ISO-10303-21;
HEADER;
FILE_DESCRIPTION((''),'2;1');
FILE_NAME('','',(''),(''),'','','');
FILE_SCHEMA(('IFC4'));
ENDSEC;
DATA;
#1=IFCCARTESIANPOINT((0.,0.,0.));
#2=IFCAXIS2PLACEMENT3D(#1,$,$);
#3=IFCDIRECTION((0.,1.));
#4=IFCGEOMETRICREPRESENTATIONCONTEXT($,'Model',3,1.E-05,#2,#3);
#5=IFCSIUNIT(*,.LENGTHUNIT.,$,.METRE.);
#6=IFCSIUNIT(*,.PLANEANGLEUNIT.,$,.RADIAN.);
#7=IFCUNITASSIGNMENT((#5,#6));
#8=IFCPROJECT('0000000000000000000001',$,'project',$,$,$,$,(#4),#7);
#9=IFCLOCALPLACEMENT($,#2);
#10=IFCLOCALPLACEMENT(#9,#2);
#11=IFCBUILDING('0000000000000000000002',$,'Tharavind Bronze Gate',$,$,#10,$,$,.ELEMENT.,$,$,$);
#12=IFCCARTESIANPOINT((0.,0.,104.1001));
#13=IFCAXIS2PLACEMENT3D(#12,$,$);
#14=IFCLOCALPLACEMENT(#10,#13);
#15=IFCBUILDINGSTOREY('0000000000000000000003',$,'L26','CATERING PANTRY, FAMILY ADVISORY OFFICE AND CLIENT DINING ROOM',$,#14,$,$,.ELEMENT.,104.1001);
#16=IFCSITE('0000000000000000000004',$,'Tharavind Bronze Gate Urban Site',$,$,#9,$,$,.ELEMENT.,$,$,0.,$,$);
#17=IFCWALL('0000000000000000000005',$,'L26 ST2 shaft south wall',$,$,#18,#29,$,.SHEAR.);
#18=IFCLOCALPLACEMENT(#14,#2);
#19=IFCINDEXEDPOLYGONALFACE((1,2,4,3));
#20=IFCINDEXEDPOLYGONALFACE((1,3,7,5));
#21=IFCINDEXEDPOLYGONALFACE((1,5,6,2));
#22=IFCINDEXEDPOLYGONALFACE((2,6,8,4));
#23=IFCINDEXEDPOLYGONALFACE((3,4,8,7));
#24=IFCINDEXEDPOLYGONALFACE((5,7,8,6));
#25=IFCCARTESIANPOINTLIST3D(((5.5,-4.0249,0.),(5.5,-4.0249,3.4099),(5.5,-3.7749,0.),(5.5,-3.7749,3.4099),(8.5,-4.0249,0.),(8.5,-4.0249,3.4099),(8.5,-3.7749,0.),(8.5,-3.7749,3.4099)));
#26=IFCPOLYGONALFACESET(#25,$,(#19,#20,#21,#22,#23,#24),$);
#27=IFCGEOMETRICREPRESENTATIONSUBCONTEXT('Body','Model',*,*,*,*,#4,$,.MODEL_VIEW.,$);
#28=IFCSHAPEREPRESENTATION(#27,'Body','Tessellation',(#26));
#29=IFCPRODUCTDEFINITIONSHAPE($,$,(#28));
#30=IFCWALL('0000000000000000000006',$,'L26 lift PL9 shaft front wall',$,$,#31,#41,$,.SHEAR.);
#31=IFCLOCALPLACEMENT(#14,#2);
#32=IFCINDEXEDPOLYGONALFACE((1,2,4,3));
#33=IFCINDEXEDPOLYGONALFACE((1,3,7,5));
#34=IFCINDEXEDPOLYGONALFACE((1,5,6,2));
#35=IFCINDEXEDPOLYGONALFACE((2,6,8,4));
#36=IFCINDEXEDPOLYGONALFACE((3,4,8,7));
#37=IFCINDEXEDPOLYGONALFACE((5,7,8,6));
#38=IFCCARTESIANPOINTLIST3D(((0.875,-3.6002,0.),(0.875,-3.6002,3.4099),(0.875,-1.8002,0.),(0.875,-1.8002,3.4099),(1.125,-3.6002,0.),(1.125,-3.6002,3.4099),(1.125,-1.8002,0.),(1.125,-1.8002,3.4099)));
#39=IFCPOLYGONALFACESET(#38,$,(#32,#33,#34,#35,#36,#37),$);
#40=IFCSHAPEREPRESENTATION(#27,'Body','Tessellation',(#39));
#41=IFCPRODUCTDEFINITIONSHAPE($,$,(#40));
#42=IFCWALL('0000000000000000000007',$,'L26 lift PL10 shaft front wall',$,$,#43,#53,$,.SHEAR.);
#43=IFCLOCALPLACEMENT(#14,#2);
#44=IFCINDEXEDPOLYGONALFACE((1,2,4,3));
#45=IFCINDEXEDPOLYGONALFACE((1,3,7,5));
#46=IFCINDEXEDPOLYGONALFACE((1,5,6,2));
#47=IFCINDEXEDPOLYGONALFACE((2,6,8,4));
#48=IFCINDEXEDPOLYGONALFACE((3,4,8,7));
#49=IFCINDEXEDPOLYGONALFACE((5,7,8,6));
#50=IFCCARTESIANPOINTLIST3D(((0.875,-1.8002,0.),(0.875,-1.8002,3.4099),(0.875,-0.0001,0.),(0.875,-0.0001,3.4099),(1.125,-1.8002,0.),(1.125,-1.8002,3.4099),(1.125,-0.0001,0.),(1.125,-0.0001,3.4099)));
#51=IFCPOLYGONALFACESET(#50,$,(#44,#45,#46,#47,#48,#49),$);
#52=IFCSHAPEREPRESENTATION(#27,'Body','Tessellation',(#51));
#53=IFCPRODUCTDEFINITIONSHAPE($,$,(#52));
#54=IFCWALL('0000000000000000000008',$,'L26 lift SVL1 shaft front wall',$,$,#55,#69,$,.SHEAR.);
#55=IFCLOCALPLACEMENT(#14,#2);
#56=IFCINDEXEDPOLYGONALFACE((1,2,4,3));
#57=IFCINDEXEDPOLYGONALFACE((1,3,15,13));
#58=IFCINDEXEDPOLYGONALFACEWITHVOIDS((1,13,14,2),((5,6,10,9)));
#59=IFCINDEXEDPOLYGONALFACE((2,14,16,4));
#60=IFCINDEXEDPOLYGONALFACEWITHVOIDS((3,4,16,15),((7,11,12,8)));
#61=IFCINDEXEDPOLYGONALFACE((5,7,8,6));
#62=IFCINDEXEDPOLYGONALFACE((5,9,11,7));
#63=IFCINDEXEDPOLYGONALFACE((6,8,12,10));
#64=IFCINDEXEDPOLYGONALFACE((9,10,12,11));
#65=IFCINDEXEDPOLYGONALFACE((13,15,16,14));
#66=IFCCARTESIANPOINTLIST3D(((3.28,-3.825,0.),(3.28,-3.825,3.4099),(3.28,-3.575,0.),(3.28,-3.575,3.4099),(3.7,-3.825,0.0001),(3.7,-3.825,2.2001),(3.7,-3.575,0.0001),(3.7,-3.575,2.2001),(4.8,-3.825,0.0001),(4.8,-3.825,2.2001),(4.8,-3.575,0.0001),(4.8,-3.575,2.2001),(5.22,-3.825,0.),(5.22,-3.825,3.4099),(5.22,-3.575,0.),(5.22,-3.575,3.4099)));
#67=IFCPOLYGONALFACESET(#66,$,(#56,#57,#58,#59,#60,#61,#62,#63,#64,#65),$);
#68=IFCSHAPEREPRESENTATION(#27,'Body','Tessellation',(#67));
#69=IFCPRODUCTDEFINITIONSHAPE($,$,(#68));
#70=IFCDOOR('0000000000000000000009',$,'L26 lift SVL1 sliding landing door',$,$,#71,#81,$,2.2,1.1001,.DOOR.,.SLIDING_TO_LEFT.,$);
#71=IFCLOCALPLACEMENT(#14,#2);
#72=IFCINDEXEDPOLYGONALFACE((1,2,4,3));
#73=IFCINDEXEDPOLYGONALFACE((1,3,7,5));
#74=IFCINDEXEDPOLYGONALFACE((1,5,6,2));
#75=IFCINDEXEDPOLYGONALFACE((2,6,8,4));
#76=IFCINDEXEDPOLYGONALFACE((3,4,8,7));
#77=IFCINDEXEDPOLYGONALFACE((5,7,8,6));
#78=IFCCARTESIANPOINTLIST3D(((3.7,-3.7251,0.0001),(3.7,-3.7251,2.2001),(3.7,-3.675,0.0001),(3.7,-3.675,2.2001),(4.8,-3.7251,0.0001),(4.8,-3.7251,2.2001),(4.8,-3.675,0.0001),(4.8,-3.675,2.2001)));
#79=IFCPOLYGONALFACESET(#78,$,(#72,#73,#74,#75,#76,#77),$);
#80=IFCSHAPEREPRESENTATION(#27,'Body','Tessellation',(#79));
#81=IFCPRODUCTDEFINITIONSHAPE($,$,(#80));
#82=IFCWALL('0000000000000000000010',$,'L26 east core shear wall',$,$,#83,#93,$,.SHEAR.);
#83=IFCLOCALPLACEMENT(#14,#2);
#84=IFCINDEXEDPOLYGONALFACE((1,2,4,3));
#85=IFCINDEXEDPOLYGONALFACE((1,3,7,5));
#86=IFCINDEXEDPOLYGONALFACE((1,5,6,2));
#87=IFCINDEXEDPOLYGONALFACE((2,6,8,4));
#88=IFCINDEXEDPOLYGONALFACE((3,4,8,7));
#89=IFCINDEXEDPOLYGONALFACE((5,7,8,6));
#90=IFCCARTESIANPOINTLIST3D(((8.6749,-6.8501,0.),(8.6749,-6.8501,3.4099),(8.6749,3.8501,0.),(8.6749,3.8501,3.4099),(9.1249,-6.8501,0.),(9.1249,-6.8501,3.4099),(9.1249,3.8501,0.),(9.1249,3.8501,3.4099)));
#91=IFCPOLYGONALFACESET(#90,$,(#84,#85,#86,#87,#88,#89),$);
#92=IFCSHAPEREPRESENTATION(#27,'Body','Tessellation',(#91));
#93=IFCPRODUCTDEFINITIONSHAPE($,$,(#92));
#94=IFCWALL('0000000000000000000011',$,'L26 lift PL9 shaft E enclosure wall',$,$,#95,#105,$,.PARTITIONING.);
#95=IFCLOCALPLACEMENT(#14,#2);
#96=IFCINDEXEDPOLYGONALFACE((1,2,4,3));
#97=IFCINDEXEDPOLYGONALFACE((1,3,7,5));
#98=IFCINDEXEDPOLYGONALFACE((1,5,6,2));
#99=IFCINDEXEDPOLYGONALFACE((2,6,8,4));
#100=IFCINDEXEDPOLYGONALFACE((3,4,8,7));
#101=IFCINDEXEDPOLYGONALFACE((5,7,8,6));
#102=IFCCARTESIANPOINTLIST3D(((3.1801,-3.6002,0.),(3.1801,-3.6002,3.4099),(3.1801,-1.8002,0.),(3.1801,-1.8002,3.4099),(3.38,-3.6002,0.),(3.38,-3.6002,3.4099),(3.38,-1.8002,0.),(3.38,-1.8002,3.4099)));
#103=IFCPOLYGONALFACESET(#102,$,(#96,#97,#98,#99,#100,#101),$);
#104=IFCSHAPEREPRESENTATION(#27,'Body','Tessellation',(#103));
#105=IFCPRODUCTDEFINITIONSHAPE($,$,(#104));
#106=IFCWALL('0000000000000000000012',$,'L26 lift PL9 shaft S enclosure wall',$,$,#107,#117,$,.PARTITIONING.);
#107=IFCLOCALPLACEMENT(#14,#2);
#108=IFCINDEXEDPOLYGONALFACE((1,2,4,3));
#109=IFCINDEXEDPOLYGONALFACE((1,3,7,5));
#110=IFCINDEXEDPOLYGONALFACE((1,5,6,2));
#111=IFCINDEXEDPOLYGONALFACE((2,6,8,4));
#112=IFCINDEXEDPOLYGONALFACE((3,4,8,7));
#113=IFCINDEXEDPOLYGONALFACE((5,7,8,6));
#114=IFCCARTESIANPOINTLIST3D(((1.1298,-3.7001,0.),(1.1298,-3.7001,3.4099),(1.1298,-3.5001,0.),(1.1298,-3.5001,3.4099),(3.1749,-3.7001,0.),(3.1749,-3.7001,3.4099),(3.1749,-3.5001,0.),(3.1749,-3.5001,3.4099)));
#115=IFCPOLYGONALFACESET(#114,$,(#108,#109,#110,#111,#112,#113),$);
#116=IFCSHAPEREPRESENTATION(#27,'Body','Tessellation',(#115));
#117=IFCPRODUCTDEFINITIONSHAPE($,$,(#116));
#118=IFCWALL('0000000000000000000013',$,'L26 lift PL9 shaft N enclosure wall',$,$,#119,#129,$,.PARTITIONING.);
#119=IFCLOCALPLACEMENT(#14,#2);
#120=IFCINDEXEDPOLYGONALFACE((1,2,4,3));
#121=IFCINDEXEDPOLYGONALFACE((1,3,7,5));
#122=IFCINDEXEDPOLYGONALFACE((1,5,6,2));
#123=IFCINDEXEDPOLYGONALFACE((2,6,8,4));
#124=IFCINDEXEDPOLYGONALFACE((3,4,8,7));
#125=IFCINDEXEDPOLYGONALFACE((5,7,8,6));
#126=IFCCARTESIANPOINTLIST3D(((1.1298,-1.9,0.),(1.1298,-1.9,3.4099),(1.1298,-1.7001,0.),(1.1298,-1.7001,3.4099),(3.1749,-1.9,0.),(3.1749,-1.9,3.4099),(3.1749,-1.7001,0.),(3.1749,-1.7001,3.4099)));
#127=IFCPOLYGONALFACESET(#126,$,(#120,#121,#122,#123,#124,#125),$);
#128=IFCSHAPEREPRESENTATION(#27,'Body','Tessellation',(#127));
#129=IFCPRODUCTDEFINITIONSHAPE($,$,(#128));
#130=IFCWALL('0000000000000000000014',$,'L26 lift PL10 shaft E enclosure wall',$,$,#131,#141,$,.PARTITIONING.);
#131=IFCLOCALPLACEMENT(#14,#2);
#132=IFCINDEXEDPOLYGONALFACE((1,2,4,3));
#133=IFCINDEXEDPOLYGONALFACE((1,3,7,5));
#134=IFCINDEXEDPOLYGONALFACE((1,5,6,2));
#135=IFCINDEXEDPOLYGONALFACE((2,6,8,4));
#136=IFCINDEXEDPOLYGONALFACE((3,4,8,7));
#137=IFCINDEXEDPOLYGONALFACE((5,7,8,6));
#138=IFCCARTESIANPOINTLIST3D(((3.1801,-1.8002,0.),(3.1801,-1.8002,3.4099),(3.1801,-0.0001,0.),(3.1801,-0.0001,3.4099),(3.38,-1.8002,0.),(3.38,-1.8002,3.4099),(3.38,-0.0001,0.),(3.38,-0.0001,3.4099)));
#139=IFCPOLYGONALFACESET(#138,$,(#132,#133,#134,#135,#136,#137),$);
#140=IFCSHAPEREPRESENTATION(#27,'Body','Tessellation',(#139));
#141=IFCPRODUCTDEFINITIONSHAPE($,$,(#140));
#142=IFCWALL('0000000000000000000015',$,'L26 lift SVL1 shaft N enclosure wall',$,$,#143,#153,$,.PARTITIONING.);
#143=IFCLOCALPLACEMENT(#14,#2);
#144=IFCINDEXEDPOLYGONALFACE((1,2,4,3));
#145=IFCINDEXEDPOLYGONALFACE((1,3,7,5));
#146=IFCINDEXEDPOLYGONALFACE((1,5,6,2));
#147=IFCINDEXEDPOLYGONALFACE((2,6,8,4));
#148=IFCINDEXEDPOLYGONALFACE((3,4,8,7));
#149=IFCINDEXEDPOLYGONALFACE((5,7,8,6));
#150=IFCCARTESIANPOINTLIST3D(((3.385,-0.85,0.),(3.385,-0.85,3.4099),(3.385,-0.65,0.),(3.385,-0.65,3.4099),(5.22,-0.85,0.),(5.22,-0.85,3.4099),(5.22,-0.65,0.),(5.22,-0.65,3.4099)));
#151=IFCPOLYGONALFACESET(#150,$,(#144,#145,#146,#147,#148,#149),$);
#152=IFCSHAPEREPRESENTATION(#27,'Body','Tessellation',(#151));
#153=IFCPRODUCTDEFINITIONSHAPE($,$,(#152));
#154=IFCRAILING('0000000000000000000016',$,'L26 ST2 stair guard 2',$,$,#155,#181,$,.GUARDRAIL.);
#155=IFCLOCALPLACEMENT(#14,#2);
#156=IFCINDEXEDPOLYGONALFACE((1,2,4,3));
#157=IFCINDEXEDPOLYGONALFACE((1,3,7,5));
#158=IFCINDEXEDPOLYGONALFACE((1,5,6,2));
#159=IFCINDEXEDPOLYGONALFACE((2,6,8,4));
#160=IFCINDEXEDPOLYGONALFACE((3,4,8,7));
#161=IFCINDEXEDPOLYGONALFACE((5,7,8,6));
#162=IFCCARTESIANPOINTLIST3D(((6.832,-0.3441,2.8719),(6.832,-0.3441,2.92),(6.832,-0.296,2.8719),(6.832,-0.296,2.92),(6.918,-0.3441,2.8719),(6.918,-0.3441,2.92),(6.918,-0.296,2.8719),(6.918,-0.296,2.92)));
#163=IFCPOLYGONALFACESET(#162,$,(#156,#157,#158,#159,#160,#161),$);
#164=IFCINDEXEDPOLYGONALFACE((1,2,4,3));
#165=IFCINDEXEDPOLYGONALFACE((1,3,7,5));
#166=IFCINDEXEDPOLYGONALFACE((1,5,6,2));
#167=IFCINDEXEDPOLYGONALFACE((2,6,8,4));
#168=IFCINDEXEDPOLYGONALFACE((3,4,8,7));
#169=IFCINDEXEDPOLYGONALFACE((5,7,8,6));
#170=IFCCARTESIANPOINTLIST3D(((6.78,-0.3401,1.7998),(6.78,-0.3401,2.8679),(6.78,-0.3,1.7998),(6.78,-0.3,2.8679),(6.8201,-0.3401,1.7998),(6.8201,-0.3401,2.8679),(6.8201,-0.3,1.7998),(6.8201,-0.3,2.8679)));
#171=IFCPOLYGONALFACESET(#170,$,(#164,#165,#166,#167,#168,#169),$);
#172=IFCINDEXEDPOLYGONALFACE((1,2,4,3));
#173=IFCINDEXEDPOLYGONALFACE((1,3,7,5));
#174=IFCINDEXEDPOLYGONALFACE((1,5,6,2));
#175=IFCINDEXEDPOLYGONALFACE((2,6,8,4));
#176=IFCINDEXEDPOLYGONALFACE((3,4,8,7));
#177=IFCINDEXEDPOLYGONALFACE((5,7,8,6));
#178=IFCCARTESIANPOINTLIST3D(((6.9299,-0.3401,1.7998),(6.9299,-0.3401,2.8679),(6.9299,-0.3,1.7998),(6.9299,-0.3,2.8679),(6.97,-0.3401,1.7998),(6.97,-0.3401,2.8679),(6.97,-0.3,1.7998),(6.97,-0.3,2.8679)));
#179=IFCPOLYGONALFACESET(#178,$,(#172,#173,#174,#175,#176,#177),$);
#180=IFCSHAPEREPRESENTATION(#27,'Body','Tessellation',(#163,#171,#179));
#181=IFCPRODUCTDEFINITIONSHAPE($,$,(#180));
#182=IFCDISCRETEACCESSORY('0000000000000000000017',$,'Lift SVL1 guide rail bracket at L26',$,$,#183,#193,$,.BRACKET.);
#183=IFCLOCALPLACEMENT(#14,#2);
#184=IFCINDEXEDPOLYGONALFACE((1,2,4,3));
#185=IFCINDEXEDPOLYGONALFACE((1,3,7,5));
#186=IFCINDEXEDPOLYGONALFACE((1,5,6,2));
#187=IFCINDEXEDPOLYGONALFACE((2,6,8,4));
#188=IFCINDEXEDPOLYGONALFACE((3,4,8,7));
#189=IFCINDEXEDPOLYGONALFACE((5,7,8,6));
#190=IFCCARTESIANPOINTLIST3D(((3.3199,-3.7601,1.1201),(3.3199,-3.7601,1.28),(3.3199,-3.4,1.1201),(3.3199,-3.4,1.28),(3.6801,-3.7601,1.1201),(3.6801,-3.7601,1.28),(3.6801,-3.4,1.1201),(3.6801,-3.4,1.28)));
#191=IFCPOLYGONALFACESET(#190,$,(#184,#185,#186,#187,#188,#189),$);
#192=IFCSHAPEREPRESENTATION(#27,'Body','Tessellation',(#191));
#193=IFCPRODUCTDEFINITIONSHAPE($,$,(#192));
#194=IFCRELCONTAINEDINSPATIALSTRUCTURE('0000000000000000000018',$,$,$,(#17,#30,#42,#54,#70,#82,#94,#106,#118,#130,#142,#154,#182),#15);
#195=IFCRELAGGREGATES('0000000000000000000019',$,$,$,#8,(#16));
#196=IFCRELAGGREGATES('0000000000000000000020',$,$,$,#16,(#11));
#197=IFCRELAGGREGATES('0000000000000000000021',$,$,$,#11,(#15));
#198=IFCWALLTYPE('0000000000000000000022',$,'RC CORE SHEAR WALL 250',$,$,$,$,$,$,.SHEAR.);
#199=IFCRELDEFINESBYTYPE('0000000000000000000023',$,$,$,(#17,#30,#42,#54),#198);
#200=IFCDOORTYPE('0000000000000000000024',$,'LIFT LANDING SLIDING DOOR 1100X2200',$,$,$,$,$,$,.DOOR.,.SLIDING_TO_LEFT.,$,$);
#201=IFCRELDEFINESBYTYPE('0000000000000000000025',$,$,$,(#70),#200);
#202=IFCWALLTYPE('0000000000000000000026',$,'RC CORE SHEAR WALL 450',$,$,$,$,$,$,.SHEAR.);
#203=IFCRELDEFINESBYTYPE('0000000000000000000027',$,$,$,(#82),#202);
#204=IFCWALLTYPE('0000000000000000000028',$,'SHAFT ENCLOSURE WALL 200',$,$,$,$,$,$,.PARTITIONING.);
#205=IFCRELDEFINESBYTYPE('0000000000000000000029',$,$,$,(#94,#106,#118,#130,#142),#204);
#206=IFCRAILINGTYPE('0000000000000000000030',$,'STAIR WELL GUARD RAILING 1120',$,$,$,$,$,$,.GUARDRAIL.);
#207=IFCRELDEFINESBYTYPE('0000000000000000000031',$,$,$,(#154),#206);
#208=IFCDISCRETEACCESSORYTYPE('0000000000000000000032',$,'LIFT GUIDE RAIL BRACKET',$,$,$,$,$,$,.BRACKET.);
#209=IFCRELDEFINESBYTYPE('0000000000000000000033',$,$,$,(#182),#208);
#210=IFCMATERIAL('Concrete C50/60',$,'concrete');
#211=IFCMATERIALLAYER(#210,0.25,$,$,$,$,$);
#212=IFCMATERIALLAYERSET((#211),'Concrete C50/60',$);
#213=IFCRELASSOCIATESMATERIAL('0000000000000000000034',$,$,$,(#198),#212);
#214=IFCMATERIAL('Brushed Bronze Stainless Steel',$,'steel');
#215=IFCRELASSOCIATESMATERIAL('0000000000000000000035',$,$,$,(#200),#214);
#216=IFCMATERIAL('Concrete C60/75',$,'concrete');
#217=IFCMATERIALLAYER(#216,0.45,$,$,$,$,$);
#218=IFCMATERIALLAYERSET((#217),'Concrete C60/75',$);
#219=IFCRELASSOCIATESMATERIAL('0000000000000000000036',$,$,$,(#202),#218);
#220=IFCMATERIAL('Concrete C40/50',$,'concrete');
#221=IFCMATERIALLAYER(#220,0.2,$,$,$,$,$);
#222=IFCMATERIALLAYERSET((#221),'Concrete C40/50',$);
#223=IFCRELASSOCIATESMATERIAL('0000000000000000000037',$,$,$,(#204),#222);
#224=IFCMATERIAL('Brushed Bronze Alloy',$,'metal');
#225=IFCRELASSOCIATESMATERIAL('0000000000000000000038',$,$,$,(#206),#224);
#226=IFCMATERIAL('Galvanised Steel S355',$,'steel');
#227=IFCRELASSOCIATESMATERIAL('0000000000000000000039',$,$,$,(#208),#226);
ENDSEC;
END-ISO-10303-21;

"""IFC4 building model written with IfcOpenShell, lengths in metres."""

from ifc_helpers import new_model, si_unit, direction, frame, frame_2d, origin, origin_2d, place, context, subcontext, project, spatial, rectangle, extrude, material, layer, layer_set, type_object, element, fill, save


model = new_model("IFC4")

# Units and contexts
model_context = context("Model", 3, precision=1e-05, world=origin(), true_north=direction((0.0, 1.0)))
body_context = subcontext(model_context, "Body", "Model", "MODEL_VIEW")
ifc_project = project(units=[si_unit("LENGTHUNIT", "METRE"), si_unit("PLANEANGLEUNIT", "RADIAN")], contexts=[model_context])

# Site, building, storey
site_placement = place(None, origin())
site = spatial("IfcSite", under=ifc_project, at=site_placement, Name="Tharavind Bronze Gate Urban Site", CompositionType="ELEMENT", RefElevation=0.0)
building_placement = place(site_placement, origin())
building = spatial("IfcBuilding", under=site, at=building_placement, Name="Tharavind Bronze Gate", CompositionType="ELEMENT")
storey_placement = place(building_placement, frame((0.0, 0.0, 104.1001)))
storey = spatial("IfcBuildingStorey", under=building, at=storey_placement, Name="L26", Description="CATERING PANTRY, FAMILY ADVISORY OFFICE AND CLIENT DINING ROOM", CompositionType="ELEMENT", Elevation=104.1001)

# Shared definitions
ifc_material_1 = material(Name="Concrete C60/75", Category="concrete")

# Walls
ifc_material_2 = material(Name="Concrete C50/60", Category="concrete")
ifc_layer_1 = layer(ifc_material_2, 0.25)
ifc_layer_set_1 = layer_set([ifc_layer_1], Name="Concrete C50/60")
wall_type_1 = type_object("IfcWallType", Name="RC CORE SHEAR WALL 250", PredefinedType="SHEAR", material=ifc_layer_set_1)
wall_1_placement = place(storey_placement, frame((5.5, -3.8999, 0.0), z_axis=(0.0, 0.0, 1.0), x_axis=(1.0, 0.0, 0.0)))
element("IfcWall", 1, at=wall_1_placement, inside=storey, type_object=wall_type_1, Name="L26 ST2 shaft south wall", PredefinedType="SHEAR", context=body_context, shape_type="SweptSolid", body=[
    extrude(rectangle(XDim=3.0, YDim=0.25, at=frame_2d((1.5, 0.0))), origin(), (0.0, 0.0, 1.0), 3.4099),
])
for number, where, z_axis, x_axis, name in (
    (2, (1.0, -3.6001, 0.0), (0.0, 0.0, 1.0), (0.0, 1.0, 0.0), "L26 lift PL9 shaft front wall"),
    (3, (1.0, -1.8, 0.0), (0.0, 0.0, 1.0), (0.0, 1.0, 0.0), "L26 lift PL10 shaft front wall"),
):
    element("IfcWall", number, at=place(storey_placement, frame(where, z_axis=z_axis, x_axis=x_axis)), inside=storey, type_object=wall_type_1, Name=name, PredefinedType="SHEAR", context=body_context, shape_type="SweptSolid", body=[
        extrude(rectangle(XDim=1.8, YDim=0.25, at=frame_2d((0.8999, 0.0))), origin(), (0.0, 0.0, 1.0), 3.4099),
    ])

# Wall, opening, door
wall_2_placement = place(storey_placement, frame((3.28, -3.7, 0.0), z_axis=(0.0, 0.0, 1.0), x_axis=(1.0, 0.0, 0.0)))
wall_2 = element("IfcWall", 4, at=wall_2_placement, inside=storey, type_object=wall_type_1, Name="L26 lift SVL1 shaft front wall", PredefinedType="SHEAR", context=body_context, shape_type="SweptSolid", body=[
    extrude(rectangle(XDim=1.9399, YDim=0.25, at=frame_2d((0.97, 0.0))), origin(), (0.0, 0.0, 1.0), 3.4099),
])
opening_1_placement = place(wall_2_placement, frame((0.4199, 0.0, 0.0)))
opening_1 = element("IfcOpeningElement", 5, at=opening_1_placement, cuts=wall_2, PredefinedType="OPENING", context=body_context, shape_type="SweptSolid", body=[
    extrude(rectangle(XDim=1.1001, YDim=2.2, at=frame_2d((0.55, 1.1001))), frame((0.0, 0.135, 0.0), z_axis=(0.0, -1.0, 0.0), x_axis=(1.0, 0.0, 0.0)), (0.0, 0.0, 1.0), 0.27),
])
ifc_material_3 = material(Name="Brushed Bronze Stainless Steel", Category="steel")
door_type_1 = type_object("IfcDoorType", Name="LIFT LANDING SLIDING DOOR 1100X2200", OperationType="SLIDING_TO_LEFT", PredefinedType="DOOR", material=ifc_material_3)
door_1_placement = place(opening_1_placement, origin())
door_1 = element("IfcDoor", 6, at=door_1_placement, inside=storey, type_object=door_type_1, Name="L26 lift SVL1 sliding landing door", OperationType="SLIDING_TO_LEFT", OverallHeight=2.2, OverallWidth=1.1001, PredefinedType="DOOR", context=body_context, shape_type="SweptSolid", body=[
    extrude(rectangle(XDim=1.1001, YDim=2.2, at=frame_2d((0.55, 1.1001))), frame((0.0, 0.0249, 0.0), z_axis=(0.0, -1.0, 0.0), x_axis=(1.0, 0.0, 0.0)), (0.0, 0.0, 1.0), 0.05),
])
fill(opening_1, door_1)

# Walls
ifc_layer_2 = layer(ifc_material_1, 0.45)
ifc_layer_set_2 = layer_set([ifc_layer_2], Name="Concrete C60/75")
wall_type_2 = type_object("IfcWallType", Name="RC CORE SHEAR WALL 450", PredefinedType="SHEAR", material=ifc_layer_set_2)
wall_3_placement = place(storey_placement, frame((8.8999, -6.8501, 0.0), z_axis=(0.0, 0.0, 1.0), x_axis=(0.0, 1.0, 0.0)))
element("IfcWall", 7, at=wall_3_placement, inside=storey, type_object=wall_type_2, Name="L26 east core shear wall", PredefinedType="SHEAR", context=body_context, shape_type="SweptSolid", body=[
    extrude(rectangle(XDim=10.7002, YDim=0.45, at=frame_2d((5.3501, 0.0))), origin(), (0.0, 0.0, 1.0), 3.4099),
])
ifc_material_4 = material(Name="Concrete C40/50", Category="concrete")
ifc_layer_3 = layer(ifc_material_4, 0.2)
ifc_layer_set_3 = layer_set([ifc_layer_3], Name="Concrete C40/50")
wall_type_3 = type_object("IfcWallType", Name="SHAFT ENCLOSURE WALL 200", PredefinedType="PARTITIONING", material=ifc_layer_set_3)
wall_4_placement = place(storey_placement, frame((3.28, -3.6001, 0.0), z_axis=(0.0, 0.0, 1.0), x_axis=(0.0, 1.0, 0.0)))
element("IfcWall", 8, at=wall_4_placement, inside=storey, type_object=wall_type_3, Name="L26 lift PL9 shaft E enclosure wall", PredefinedType="PARTITIONING", context=body_context, shape_type="SweptSolid", body=[
    extrude(rectangle(XDim=1.8, YDim=0.2, at=frame_2d((0.8999, 0.0))), origin(), (0.0, 0.0, 1.0), 3.4099),
])
for number, where, z_axis, x_axis, name in (
    (9, (1.1299, -3.6001, 0.0), (0.0, 0.0, 1.0), (1.0, 0.0, 0.0), "L26 lift PL9 shaft S enclosure wall"),
    (10, (1.1299, -1.8, 0.0), (0.0, 0.0, 1.0), (1.0, 0.0, 0.0), "L26 lift PL9 shaft N enclosure wall"),
):
    element("IfcWall", number, at=place(storey_placement, frame(where, z_axis=z_axis, x_axis=x_axis)), inside=storey, type_object=wall_type_3, Name=name, PredefinedType="PARTITIONING", context=body_context, shape_type="SweptSolid", body=[
        extrude(rectangle(XDim=2.0452, YDim=0.2, at=frame_2d((1.0225, 0.0))), origin(), (0.0, 0.0, 1.0), 3.4099),
    ])
wall_5_placement = place(storey_placement, frame((3.28, -1.8, 0.0), z_axis=(0.0, 0.0, 1.0), x_axis=(0.0, 1.0, 0.0)))
element("IfcWall", 11, at=wall_5_placement, inside=storey, type_object=wall_type_3, Name="L26 lift PL10 shaft E enclosure wall", PredefinedType="PARTITIONING", context=body_context, shape_type="SweptSolid", body=[
    extrude(rectangle(XDim=1.8, YDim=0.2, at=frame_2d((0.8999, 0.0))), origin(), (0.0, 0.0, 1.0), 3.4099),
])
wall_6_placement = place(storey_placement, frame((3.385, -0.75, 0.0), z_axis=(0.0, 0.0, 1.0), x_axis=(1.0, 0.0, 0.0)))
element("IfcWall", 12, at=wall_6_placement, inside=storey, type_object=wall_type_3, Name="L26 lift SVL1 shaft N enclosure wall", PredefinedType="PARTITIONING", context=body_context, shape_type="SweptSolid", body=[
    extrude(rectangle(XDim=1.835, YDim=0.2, at=frame_2d((0.9175, 0.0))), origin(), (0.0, 0.0, 1.0), 3.4099),
])

# Railing
ifc_material_5 = material(Name="Brushed Bronze Alloy", Category="metal")
railing_type = type_object("IfcRailingType", Name="STAIR WELL GUARD RAILING 1120", PredefinedType="GUARDRAIL", material=ifc_material_5)
railing_placement = place(storey_placement, frame((6.8, -0.3201, 1.7998)))
element("IfcRailing", 13, at=railing_placement, inside=storey, type_object=railing_type, Name="L26 ST2 stair guard 2", PredefinedType="GUARDRAIL", context=body_context, shape_type="SweptSolid", body=[
    extrude(rectangle(XDim=0.0481, YDim=0.0481, at=origin_2d()), frame((0.032, 0.0, 1.0962), z_axis=(1.0, 0.0, 0.0), x_axis=(0.0, 1.0, 0.0)), (0.0, 0.0, 1.0), 0.0859),
    extrude(rectangle(XDim=0.04, YDim=0.04, at=origin_2d()), origin(), (0.0, 0.0, 1.0), 1.0681),
    extrude(rectangle(XDim=0.04, YDim=0.04, at=origin_2d()), frame((0.1499, 0.0, 0.0)), (0.0, 0.0, 1.0), 1.0681),
])

# Discrete accessory
ifc_material_6 = material(Name="Galvanised Steel S355", Category="steel")
discrete_accessory_type = type_object("IfcDiscreteAccessoryType", Name="LIFT GUIDE RAIL BRACKET", PredefinedType="BRACKET", material=ifc_material_6)
discrete_accessory_placement = place(storey_placement, frame((3.5, -3.5801, 1.1201), z_axis=(0.0, 0.0, 1.0), x_axis=(1.0, 0.0, 0.0)))
element("IfcDiscreteAccessory", 14, at=discrete_accessory_placement, inside=storey, type_object=discrete_accessory_type, Name="Lift SVL1 guide rail bracket at L26", PredefinedType="BRACKET", context=body_context, shape_type="SweptSolid", body=[
    extrude(rectangle(XDim=0.3601, YDim=0.3601, at=origin_2d()), origin(), (0.0, 0.0, 1.0), 0.1599),
])

save(model, "model.ifc")
